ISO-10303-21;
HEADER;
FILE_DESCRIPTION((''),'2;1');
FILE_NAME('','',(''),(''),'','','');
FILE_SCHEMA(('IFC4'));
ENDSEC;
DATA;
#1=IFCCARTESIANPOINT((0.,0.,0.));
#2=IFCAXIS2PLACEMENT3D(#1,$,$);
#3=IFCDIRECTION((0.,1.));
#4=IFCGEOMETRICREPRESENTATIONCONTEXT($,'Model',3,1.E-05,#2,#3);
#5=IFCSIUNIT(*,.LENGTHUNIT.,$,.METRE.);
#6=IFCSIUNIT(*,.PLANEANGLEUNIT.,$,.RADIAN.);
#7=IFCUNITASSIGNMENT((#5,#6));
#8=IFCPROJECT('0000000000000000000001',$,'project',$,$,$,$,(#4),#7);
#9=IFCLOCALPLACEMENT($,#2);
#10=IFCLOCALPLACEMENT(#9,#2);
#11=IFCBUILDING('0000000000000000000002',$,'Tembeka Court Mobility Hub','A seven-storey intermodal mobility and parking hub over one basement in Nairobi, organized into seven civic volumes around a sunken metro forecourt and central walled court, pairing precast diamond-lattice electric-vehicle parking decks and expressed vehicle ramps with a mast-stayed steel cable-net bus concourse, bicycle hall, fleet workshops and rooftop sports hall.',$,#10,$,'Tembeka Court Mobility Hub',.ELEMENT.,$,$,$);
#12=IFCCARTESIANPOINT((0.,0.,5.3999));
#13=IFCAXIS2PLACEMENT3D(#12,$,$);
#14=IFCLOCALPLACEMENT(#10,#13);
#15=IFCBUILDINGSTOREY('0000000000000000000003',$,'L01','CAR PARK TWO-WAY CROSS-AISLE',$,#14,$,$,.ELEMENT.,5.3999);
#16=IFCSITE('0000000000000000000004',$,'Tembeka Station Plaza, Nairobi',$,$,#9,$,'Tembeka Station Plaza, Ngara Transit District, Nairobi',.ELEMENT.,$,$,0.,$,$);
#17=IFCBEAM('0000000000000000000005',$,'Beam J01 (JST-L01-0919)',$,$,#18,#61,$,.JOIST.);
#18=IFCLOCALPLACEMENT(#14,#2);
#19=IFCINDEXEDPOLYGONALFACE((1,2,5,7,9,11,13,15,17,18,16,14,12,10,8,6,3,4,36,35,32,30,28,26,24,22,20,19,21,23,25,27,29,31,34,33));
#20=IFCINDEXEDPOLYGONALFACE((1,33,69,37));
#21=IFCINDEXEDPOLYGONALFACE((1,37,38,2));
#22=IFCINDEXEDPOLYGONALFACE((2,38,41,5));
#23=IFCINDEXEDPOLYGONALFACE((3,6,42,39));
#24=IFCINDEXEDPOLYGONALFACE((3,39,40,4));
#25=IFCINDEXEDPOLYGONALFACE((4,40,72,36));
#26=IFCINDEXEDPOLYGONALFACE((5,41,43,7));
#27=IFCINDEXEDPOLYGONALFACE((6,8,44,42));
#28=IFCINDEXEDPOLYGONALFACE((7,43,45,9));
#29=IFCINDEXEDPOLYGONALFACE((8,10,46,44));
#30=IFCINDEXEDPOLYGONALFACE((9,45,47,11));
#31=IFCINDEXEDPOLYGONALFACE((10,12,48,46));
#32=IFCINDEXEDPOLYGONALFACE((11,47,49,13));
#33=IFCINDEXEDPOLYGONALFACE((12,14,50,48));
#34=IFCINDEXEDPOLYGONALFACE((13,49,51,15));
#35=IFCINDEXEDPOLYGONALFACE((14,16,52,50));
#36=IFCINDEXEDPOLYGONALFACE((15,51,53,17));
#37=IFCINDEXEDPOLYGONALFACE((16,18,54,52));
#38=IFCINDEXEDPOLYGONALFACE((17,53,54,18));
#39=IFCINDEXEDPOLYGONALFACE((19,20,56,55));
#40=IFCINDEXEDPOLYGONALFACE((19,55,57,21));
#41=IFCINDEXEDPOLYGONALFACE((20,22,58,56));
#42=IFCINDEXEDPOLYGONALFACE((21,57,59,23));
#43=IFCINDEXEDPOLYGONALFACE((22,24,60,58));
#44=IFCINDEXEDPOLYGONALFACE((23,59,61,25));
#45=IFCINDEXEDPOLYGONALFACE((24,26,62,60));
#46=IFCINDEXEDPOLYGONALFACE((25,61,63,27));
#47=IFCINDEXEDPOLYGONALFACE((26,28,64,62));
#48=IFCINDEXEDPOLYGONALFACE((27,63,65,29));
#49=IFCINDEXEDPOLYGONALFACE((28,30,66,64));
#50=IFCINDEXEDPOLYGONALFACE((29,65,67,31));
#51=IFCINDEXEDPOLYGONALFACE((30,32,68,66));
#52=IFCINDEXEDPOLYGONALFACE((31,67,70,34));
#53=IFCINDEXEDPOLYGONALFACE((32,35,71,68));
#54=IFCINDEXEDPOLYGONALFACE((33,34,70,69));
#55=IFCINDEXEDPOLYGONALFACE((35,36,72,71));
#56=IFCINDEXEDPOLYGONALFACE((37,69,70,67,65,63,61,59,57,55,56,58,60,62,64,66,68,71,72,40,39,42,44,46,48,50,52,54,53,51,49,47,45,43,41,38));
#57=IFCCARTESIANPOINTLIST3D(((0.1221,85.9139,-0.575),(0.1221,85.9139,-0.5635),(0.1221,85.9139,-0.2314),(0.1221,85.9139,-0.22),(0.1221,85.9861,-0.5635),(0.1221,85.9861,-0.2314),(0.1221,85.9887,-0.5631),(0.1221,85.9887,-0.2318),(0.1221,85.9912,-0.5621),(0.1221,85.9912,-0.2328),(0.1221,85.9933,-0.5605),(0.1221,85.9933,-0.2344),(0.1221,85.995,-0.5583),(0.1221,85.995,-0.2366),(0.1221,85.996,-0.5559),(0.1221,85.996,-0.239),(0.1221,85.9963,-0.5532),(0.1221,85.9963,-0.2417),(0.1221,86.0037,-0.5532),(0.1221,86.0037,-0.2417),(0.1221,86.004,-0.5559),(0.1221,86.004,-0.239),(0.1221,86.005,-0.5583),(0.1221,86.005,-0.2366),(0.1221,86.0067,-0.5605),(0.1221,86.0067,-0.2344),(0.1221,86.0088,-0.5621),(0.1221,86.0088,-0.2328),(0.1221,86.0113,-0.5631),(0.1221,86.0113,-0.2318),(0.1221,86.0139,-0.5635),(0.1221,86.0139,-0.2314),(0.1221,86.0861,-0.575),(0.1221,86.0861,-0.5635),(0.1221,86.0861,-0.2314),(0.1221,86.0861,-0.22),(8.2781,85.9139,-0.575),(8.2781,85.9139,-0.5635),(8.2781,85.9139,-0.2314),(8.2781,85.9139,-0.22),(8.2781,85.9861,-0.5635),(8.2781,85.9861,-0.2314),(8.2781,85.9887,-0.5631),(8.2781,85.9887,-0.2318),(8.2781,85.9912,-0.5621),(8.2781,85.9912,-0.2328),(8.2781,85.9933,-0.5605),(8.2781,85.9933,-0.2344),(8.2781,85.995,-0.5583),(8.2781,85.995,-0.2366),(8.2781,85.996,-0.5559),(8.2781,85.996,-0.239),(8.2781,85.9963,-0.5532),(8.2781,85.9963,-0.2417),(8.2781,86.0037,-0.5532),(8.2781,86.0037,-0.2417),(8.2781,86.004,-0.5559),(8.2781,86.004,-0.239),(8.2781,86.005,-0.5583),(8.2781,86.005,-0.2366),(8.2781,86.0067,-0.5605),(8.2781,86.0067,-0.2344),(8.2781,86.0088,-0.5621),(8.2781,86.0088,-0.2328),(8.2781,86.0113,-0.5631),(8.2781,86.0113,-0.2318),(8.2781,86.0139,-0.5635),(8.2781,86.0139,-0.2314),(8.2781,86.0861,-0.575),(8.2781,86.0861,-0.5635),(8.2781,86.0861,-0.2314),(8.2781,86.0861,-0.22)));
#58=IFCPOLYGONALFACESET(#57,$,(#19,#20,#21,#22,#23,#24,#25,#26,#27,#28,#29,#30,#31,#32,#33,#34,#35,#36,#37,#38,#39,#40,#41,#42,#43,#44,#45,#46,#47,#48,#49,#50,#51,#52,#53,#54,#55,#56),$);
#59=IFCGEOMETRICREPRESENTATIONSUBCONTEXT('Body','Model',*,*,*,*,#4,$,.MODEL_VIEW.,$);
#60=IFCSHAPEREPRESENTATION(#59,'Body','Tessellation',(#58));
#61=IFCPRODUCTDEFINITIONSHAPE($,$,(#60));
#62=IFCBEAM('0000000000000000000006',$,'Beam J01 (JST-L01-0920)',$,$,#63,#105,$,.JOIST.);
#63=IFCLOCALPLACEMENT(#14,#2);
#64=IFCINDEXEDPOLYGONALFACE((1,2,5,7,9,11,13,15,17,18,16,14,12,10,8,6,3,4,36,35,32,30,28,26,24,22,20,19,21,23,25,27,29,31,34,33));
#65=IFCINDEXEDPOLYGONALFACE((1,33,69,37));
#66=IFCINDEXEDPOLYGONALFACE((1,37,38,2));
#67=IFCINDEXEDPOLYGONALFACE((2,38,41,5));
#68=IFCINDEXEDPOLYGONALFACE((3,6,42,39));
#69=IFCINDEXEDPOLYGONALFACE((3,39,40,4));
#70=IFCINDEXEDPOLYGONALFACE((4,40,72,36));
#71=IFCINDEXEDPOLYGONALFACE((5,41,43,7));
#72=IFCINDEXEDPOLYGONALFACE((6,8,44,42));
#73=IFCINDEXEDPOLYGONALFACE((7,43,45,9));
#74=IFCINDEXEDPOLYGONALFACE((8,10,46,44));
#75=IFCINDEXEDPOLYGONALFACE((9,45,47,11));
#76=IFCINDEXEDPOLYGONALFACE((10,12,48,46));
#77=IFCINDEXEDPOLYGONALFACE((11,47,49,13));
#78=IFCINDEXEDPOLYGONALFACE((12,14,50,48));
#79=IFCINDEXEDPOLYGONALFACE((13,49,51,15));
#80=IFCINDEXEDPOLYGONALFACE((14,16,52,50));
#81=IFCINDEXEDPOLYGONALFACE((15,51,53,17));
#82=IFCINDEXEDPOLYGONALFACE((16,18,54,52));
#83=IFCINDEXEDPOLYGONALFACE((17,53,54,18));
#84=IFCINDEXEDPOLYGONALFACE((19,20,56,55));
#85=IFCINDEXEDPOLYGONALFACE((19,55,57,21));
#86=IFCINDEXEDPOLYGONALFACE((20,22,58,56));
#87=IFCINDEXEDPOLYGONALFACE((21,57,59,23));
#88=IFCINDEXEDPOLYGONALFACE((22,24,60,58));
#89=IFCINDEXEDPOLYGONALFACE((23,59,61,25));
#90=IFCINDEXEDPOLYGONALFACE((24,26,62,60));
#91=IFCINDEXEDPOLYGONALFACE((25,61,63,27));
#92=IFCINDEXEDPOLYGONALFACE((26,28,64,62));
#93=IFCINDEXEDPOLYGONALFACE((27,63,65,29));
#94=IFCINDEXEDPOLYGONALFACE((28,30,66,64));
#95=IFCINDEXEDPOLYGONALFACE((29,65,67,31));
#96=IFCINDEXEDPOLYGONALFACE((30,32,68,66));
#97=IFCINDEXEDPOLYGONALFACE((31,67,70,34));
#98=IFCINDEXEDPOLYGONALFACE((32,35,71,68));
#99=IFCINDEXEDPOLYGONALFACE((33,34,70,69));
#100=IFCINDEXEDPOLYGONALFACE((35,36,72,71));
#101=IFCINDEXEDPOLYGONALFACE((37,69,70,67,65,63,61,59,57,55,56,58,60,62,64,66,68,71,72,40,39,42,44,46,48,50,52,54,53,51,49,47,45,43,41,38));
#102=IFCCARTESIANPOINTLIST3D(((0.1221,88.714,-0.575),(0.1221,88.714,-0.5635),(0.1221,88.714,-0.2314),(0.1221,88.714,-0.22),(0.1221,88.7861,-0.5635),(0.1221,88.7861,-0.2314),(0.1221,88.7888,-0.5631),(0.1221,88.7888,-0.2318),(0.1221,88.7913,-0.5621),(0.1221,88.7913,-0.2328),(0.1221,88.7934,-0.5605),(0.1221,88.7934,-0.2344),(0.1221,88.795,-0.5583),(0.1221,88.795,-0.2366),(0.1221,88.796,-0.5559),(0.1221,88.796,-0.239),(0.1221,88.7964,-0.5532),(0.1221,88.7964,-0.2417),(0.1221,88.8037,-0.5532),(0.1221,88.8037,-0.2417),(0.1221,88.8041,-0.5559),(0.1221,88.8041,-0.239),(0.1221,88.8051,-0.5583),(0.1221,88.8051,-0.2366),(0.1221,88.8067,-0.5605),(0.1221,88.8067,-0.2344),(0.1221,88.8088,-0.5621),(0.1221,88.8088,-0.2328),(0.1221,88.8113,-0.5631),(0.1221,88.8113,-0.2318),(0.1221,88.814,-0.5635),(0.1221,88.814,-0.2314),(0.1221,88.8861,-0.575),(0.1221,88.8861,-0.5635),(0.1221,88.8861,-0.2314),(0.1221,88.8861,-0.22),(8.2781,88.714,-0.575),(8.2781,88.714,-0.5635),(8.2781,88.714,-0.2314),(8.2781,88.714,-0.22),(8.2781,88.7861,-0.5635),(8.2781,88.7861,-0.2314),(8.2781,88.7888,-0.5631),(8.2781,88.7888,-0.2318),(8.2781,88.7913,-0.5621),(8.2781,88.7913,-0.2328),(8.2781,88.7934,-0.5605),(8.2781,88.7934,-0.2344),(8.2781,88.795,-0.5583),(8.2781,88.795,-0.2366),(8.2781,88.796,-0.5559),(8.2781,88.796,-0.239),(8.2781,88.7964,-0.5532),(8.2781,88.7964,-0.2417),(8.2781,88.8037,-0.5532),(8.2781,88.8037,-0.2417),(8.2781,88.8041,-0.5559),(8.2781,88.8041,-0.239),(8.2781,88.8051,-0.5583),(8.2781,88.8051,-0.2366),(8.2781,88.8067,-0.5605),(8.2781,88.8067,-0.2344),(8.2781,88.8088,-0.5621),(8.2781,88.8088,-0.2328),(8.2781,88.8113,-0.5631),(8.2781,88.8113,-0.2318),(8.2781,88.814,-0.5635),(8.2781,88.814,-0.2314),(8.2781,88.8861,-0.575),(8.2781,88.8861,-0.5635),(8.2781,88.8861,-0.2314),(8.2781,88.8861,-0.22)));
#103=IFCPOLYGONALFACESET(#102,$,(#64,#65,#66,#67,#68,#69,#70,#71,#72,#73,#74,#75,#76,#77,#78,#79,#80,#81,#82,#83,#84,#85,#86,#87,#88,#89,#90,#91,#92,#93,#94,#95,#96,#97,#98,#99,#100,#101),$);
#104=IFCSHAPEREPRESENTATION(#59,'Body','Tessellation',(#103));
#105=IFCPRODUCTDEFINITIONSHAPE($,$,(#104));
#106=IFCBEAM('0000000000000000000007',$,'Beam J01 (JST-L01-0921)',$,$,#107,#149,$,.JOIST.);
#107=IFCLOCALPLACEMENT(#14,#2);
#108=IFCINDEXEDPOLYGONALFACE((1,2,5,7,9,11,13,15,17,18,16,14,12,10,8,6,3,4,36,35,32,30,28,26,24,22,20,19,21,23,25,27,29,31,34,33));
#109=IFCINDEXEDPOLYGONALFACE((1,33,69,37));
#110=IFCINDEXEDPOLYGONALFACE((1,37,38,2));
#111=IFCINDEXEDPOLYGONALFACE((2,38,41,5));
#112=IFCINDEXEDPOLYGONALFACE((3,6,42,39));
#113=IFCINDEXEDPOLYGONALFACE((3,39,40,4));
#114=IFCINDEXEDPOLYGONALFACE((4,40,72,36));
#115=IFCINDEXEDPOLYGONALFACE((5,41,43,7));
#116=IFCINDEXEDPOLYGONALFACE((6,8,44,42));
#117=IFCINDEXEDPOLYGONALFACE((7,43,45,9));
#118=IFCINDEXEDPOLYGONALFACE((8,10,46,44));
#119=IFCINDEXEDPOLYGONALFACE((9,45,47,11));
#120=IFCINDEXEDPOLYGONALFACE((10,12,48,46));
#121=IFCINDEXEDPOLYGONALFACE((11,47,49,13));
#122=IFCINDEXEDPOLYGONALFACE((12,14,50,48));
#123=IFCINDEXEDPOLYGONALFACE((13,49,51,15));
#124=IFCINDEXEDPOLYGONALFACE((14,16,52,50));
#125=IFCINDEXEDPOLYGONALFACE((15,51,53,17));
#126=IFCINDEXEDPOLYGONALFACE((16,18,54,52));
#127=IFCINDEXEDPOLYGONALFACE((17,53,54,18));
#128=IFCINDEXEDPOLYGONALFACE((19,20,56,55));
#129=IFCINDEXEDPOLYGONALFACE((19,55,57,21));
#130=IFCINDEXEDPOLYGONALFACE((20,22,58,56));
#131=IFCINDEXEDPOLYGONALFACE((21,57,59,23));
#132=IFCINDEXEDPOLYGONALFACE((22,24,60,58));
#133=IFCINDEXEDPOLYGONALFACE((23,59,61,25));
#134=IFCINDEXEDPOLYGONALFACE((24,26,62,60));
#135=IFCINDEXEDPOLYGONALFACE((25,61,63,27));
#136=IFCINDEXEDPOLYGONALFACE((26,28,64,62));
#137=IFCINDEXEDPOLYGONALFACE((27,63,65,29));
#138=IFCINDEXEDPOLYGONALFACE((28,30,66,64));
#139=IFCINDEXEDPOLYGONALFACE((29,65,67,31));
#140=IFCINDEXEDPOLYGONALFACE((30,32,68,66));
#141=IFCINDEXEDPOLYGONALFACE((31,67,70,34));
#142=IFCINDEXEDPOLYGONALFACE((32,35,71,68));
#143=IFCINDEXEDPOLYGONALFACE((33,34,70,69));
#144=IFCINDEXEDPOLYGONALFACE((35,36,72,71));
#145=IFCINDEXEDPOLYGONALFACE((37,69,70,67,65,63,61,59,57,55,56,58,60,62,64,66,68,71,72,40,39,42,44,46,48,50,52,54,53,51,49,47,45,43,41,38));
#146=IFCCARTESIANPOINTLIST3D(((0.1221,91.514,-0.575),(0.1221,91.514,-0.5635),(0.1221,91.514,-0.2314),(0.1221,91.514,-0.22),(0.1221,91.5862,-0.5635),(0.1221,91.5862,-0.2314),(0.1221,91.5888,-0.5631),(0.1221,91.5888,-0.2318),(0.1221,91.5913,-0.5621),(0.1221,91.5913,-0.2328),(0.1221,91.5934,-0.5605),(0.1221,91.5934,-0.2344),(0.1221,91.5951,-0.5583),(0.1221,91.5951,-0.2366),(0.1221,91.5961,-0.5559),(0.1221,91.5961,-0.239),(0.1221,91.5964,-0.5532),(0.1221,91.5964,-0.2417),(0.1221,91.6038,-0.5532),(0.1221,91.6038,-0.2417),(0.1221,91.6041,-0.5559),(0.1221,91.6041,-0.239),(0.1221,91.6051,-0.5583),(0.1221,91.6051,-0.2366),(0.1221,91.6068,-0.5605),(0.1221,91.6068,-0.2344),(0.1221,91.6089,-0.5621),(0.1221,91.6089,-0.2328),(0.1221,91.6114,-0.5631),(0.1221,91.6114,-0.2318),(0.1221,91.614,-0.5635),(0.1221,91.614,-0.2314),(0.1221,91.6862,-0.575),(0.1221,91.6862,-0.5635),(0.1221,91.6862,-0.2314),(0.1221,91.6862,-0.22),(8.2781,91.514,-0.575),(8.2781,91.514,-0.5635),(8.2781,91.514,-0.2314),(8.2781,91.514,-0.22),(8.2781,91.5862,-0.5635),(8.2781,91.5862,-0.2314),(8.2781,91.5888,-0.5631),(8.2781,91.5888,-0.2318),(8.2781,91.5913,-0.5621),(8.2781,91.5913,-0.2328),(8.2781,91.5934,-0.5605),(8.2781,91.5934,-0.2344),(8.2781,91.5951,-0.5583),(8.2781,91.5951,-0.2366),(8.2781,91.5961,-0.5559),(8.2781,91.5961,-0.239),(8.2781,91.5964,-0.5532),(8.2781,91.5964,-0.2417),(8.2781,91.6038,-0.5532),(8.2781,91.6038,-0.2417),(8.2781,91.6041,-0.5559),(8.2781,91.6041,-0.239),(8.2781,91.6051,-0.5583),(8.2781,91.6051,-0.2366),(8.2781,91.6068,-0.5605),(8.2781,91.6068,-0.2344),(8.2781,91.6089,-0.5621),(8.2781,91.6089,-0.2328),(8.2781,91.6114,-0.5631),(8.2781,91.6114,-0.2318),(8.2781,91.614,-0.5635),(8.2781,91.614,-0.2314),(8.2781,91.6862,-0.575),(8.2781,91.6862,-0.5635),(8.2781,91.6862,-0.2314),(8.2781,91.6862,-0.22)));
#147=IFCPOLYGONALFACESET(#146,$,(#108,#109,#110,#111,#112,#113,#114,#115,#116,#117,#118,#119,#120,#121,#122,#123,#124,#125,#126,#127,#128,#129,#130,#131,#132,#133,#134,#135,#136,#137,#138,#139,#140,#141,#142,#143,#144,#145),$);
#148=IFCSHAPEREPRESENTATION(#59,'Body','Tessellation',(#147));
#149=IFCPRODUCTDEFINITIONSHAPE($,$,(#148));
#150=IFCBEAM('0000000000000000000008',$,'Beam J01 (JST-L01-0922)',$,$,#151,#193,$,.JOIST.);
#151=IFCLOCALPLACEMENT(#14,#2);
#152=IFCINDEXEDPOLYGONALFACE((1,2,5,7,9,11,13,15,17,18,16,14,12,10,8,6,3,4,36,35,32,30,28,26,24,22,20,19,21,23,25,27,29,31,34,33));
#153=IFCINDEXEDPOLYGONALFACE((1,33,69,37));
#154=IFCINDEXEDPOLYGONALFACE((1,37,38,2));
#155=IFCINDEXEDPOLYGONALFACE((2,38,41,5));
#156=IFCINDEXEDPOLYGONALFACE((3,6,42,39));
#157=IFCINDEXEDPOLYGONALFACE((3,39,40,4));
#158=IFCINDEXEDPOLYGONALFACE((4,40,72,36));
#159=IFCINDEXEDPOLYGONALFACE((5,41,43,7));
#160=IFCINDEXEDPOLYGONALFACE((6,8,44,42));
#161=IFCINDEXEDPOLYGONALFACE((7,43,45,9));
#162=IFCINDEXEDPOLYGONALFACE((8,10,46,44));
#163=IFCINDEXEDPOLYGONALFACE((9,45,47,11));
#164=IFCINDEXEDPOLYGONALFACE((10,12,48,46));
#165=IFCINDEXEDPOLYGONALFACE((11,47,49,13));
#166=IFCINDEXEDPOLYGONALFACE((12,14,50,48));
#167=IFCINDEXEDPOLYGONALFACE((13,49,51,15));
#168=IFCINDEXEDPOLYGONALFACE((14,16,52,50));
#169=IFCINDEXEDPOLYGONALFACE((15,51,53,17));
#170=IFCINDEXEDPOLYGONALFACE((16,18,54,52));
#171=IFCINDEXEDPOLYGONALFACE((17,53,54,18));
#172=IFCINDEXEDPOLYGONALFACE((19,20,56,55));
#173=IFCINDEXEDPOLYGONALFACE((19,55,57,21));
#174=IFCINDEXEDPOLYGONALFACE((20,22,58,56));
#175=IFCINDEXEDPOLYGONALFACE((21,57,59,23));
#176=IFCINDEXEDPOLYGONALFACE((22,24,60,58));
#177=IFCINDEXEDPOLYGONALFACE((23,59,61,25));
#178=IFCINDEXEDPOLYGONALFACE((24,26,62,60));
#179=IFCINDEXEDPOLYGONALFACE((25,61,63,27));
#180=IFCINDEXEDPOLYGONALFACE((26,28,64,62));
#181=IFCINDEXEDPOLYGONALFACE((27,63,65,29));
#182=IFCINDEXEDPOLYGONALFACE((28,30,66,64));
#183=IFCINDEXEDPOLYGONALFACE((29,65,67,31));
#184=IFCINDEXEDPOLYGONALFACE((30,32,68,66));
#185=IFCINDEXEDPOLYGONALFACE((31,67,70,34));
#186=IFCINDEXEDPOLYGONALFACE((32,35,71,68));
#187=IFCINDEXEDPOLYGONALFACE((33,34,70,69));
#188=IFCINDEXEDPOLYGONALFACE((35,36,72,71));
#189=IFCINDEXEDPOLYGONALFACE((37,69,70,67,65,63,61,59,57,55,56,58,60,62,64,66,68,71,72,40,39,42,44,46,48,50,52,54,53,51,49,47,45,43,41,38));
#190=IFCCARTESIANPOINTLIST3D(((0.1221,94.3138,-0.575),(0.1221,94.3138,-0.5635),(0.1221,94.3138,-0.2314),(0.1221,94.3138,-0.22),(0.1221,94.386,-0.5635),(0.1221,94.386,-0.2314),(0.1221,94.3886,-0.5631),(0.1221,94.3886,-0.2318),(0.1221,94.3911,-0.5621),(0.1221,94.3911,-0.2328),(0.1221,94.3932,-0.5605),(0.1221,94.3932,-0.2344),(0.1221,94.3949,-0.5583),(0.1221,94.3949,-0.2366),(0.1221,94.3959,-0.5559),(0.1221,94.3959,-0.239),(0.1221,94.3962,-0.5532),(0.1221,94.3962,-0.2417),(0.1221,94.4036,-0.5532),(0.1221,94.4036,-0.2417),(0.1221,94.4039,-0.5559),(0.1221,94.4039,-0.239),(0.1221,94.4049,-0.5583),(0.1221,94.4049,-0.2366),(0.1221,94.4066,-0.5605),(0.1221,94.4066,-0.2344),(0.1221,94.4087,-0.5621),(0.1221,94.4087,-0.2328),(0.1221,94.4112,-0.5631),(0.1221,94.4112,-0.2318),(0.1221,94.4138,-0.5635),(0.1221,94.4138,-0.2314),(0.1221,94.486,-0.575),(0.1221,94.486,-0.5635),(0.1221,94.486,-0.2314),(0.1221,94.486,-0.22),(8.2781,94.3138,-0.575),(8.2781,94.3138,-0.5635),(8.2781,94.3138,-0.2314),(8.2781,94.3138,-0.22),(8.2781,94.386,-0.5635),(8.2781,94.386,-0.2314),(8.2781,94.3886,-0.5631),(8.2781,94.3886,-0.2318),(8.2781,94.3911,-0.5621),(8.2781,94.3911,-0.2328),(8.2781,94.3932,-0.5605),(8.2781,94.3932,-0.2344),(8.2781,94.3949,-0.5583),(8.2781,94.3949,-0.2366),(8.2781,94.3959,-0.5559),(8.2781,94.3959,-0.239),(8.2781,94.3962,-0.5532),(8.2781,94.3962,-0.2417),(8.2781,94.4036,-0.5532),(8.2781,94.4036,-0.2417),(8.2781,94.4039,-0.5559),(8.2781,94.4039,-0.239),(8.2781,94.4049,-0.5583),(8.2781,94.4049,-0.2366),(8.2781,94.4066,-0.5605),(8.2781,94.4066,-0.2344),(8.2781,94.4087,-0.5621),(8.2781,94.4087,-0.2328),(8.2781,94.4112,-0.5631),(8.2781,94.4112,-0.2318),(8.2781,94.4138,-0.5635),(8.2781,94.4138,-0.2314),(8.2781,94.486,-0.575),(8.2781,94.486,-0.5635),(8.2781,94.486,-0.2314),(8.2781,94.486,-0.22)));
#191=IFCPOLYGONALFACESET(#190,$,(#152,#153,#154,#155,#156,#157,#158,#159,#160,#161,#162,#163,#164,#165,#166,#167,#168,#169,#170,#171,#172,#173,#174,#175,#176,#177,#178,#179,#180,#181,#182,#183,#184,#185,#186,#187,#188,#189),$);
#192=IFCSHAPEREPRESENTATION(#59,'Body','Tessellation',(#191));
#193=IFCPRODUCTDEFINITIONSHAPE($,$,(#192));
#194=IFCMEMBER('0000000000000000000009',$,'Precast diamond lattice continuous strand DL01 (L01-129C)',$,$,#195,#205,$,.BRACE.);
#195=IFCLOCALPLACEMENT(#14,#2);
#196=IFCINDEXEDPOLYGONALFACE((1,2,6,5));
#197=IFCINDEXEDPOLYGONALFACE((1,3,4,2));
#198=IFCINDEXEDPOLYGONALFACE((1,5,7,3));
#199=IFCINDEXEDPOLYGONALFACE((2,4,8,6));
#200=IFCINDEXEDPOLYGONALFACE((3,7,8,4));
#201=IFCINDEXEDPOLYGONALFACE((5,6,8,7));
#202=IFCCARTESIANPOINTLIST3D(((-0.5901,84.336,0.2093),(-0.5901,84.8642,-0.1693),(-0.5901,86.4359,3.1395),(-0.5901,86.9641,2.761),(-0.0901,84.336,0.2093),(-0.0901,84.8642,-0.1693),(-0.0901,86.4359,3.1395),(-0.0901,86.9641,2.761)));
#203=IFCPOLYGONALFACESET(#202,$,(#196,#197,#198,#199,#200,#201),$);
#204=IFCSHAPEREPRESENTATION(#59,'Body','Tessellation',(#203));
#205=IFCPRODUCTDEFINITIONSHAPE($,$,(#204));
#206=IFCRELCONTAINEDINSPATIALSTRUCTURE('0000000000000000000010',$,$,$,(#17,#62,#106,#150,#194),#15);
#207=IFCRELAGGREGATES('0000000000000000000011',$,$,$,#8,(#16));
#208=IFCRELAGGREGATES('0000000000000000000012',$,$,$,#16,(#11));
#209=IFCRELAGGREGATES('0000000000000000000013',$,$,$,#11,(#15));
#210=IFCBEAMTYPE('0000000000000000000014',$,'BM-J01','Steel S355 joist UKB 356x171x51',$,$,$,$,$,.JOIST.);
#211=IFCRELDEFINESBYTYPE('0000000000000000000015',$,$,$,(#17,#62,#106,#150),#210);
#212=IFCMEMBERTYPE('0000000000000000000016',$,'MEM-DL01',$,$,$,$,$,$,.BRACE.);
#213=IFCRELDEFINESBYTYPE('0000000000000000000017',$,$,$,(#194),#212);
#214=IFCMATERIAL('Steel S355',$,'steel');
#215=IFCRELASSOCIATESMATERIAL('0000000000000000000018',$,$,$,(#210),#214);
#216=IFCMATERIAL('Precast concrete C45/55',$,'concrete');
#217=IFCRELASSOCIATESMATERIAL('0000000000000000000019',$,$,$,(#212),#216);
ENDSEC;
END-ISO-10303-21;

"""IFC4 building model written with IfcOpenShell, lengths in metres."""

from ifc_helpers import new_model, si_unit, direction, frame, origin, origin_2d, place, context, subcontext, project, spatial, rectangle, i_section, extrude, material, material_profile, profile_set, type_object, element, save


model = new_model("IFC4")

# Units and contexts
model_context = context("Model", 3, precision=1e-05, world=origin(), true_north=direction((0.0, 1.0)))
body_context = subcontext(model_context, "Body", "Model", "MODEL_VIEW")
ifc_project = project(units=[si_unit("LENGTHUNIT", "METRE"), si_unit("PLANEANGLEUNIT", "RADIAN")], contexts=[model_context])

# Site, building, storey
site_placement = place(None, origin())
site = spatial("IfcSite", under=ifc_project, at=site_placement, Name="Tembeka Station Plaza, Nairobi", LongName="Tembeka Station Plaza, Ngara Transit District, Nairobi", CompositionType="ELEMENT", RefElevation=0.0)
building_placement = place(site_placement, origin())
building = spatial("IfcBuilding", under=site, at=building_placement, Name="Tembeka Court Mobility Hub", Description="A seven-storey intermodal mobility and parking hub over one basement in Nairobi, organized into seven civic volumes around a sunken metro forecourt and central walled court, pairing precast diamond-lattice electric-vehicle parking decks and expressed vehicle ramps with a mast-stayed steel cable-net bus concourse, bicycle hall, fleet workshops and rooftop sports hall.", LongName="Tembeka Court Mobility Hub", CompositionType="ELEMENT")
storey_placement = place(building_placement, frame((0.0, 0.0, 5.3999)))
storey = spatial("IfcBuildingStorey", under=building, at=storey_placement, Name="L01", Description="CAR PARK TWO-WAY CROSS-AISLE", CompositionType="ELEMENT", Elevation=5.3999)

# Beams
ifc_material_1 = material(Name="Steel S355", Category="steel")
ifc_material_profile_1 = material_profile(ifc_material_1, i_section(OverallWidth=0.1721, OverallDepth=0.355, WebThickness=0.0073, FlangeThickness=0.0115, FilletRadius=0.0103, at=origin_2d()), Name="UKB 356x171x51")
ifc_profile_set_1 = profile_set([ifc_material_profile_1], Name="Steel S355")
beam_type = type_object("IfcBeamType", Name="BM-J01", Description="Steel S355 joist UKB 356x171x51", PredefinedType="JOIST", material=ifc_profile_set_1)
for number, where, z_axis, x_axis, name in (
    (1, (0.1221, 86.0, -0.3975), (1.0, 0.0, 0.0), (0.0, 1.0, 0.0), "Beam J01 (JST-L01-0919)"),
    (2, (0.1221, 88.8, -0.3975), (1.0, 0.0, 0.0), (0.0, 1.0, 0.0), "Beam J01 (JST-L01-0920)"),
    (3, (0.1221, 91.6001, -0.3975), (1.0, 0.0, 0.0), (0.0, 1.0, 0.0), "Beam J01 (JST-L01-0921)"),
    (4, (0.1221, 94.3999, -0.3975), (1.0, 0.0, 0.0), (0.0, 1.0, 0.0), "Beam J01 (JST-L01-0922)"),
):
    element("IfcBeam", number, at=place(storey_placement, frame(where, z_axis=z_axis, x_axis=x_axis)), inside=storey, type_object=beam_type, Name=name, PredefinedType="JOIST", context=body_context, shape_type="SweptSolid", body=[
        extrude(i_section(OverallWidth=0.1721, OverallDepth=0.355, WebThickness=0.0073, FlangeThickness=0.0115, FilletRadius=0.0103, at=origin_2d()), origin(), (0.0, 0.0, 1.0), 8.156),
    ])

# Member
ifc_material_2 = material(Name="Precast concrete C45/55", Category="concrete")
ifc_material_profile_2 = material_profile(ifc_material_2, rectangle(XDim=0.5, YDim=0.6499, at=origin_2d()), Name="PC-DIAG 500x650")
ifc_profile_set_2 = profile_set([ifc_material_profile_2], Name="Precast concrete C45/55")
member_type_1 = type_object("IfcMemberType", Name="MEM-DL01", PredefinedType="BRACE", material=ifc_profile_set_2)
member_1_placement = place(storey_placement, frame((-0.3401, 84.6001, 0.02), z_axis=(0.0, 0.5825, 0.812831), x_axis=(-1.0, 0.0, 0.0)))
element("IfcMember", 5, at=member_1_placement, inside=storey, type_object=member_type_1, Name="Precast diamond lattice continuous strand DL01 (L01-129C)", PredefinedType="BRACE", context=body_context, shape_type="SweptSolid", body=[
    extrude(rectangle(XDim=0.5, YDim=0.6499, at=origin_2d()), origin(), (0.0, 0.0, 1.0), 3.605),
])

save(model, "model.ifc")
